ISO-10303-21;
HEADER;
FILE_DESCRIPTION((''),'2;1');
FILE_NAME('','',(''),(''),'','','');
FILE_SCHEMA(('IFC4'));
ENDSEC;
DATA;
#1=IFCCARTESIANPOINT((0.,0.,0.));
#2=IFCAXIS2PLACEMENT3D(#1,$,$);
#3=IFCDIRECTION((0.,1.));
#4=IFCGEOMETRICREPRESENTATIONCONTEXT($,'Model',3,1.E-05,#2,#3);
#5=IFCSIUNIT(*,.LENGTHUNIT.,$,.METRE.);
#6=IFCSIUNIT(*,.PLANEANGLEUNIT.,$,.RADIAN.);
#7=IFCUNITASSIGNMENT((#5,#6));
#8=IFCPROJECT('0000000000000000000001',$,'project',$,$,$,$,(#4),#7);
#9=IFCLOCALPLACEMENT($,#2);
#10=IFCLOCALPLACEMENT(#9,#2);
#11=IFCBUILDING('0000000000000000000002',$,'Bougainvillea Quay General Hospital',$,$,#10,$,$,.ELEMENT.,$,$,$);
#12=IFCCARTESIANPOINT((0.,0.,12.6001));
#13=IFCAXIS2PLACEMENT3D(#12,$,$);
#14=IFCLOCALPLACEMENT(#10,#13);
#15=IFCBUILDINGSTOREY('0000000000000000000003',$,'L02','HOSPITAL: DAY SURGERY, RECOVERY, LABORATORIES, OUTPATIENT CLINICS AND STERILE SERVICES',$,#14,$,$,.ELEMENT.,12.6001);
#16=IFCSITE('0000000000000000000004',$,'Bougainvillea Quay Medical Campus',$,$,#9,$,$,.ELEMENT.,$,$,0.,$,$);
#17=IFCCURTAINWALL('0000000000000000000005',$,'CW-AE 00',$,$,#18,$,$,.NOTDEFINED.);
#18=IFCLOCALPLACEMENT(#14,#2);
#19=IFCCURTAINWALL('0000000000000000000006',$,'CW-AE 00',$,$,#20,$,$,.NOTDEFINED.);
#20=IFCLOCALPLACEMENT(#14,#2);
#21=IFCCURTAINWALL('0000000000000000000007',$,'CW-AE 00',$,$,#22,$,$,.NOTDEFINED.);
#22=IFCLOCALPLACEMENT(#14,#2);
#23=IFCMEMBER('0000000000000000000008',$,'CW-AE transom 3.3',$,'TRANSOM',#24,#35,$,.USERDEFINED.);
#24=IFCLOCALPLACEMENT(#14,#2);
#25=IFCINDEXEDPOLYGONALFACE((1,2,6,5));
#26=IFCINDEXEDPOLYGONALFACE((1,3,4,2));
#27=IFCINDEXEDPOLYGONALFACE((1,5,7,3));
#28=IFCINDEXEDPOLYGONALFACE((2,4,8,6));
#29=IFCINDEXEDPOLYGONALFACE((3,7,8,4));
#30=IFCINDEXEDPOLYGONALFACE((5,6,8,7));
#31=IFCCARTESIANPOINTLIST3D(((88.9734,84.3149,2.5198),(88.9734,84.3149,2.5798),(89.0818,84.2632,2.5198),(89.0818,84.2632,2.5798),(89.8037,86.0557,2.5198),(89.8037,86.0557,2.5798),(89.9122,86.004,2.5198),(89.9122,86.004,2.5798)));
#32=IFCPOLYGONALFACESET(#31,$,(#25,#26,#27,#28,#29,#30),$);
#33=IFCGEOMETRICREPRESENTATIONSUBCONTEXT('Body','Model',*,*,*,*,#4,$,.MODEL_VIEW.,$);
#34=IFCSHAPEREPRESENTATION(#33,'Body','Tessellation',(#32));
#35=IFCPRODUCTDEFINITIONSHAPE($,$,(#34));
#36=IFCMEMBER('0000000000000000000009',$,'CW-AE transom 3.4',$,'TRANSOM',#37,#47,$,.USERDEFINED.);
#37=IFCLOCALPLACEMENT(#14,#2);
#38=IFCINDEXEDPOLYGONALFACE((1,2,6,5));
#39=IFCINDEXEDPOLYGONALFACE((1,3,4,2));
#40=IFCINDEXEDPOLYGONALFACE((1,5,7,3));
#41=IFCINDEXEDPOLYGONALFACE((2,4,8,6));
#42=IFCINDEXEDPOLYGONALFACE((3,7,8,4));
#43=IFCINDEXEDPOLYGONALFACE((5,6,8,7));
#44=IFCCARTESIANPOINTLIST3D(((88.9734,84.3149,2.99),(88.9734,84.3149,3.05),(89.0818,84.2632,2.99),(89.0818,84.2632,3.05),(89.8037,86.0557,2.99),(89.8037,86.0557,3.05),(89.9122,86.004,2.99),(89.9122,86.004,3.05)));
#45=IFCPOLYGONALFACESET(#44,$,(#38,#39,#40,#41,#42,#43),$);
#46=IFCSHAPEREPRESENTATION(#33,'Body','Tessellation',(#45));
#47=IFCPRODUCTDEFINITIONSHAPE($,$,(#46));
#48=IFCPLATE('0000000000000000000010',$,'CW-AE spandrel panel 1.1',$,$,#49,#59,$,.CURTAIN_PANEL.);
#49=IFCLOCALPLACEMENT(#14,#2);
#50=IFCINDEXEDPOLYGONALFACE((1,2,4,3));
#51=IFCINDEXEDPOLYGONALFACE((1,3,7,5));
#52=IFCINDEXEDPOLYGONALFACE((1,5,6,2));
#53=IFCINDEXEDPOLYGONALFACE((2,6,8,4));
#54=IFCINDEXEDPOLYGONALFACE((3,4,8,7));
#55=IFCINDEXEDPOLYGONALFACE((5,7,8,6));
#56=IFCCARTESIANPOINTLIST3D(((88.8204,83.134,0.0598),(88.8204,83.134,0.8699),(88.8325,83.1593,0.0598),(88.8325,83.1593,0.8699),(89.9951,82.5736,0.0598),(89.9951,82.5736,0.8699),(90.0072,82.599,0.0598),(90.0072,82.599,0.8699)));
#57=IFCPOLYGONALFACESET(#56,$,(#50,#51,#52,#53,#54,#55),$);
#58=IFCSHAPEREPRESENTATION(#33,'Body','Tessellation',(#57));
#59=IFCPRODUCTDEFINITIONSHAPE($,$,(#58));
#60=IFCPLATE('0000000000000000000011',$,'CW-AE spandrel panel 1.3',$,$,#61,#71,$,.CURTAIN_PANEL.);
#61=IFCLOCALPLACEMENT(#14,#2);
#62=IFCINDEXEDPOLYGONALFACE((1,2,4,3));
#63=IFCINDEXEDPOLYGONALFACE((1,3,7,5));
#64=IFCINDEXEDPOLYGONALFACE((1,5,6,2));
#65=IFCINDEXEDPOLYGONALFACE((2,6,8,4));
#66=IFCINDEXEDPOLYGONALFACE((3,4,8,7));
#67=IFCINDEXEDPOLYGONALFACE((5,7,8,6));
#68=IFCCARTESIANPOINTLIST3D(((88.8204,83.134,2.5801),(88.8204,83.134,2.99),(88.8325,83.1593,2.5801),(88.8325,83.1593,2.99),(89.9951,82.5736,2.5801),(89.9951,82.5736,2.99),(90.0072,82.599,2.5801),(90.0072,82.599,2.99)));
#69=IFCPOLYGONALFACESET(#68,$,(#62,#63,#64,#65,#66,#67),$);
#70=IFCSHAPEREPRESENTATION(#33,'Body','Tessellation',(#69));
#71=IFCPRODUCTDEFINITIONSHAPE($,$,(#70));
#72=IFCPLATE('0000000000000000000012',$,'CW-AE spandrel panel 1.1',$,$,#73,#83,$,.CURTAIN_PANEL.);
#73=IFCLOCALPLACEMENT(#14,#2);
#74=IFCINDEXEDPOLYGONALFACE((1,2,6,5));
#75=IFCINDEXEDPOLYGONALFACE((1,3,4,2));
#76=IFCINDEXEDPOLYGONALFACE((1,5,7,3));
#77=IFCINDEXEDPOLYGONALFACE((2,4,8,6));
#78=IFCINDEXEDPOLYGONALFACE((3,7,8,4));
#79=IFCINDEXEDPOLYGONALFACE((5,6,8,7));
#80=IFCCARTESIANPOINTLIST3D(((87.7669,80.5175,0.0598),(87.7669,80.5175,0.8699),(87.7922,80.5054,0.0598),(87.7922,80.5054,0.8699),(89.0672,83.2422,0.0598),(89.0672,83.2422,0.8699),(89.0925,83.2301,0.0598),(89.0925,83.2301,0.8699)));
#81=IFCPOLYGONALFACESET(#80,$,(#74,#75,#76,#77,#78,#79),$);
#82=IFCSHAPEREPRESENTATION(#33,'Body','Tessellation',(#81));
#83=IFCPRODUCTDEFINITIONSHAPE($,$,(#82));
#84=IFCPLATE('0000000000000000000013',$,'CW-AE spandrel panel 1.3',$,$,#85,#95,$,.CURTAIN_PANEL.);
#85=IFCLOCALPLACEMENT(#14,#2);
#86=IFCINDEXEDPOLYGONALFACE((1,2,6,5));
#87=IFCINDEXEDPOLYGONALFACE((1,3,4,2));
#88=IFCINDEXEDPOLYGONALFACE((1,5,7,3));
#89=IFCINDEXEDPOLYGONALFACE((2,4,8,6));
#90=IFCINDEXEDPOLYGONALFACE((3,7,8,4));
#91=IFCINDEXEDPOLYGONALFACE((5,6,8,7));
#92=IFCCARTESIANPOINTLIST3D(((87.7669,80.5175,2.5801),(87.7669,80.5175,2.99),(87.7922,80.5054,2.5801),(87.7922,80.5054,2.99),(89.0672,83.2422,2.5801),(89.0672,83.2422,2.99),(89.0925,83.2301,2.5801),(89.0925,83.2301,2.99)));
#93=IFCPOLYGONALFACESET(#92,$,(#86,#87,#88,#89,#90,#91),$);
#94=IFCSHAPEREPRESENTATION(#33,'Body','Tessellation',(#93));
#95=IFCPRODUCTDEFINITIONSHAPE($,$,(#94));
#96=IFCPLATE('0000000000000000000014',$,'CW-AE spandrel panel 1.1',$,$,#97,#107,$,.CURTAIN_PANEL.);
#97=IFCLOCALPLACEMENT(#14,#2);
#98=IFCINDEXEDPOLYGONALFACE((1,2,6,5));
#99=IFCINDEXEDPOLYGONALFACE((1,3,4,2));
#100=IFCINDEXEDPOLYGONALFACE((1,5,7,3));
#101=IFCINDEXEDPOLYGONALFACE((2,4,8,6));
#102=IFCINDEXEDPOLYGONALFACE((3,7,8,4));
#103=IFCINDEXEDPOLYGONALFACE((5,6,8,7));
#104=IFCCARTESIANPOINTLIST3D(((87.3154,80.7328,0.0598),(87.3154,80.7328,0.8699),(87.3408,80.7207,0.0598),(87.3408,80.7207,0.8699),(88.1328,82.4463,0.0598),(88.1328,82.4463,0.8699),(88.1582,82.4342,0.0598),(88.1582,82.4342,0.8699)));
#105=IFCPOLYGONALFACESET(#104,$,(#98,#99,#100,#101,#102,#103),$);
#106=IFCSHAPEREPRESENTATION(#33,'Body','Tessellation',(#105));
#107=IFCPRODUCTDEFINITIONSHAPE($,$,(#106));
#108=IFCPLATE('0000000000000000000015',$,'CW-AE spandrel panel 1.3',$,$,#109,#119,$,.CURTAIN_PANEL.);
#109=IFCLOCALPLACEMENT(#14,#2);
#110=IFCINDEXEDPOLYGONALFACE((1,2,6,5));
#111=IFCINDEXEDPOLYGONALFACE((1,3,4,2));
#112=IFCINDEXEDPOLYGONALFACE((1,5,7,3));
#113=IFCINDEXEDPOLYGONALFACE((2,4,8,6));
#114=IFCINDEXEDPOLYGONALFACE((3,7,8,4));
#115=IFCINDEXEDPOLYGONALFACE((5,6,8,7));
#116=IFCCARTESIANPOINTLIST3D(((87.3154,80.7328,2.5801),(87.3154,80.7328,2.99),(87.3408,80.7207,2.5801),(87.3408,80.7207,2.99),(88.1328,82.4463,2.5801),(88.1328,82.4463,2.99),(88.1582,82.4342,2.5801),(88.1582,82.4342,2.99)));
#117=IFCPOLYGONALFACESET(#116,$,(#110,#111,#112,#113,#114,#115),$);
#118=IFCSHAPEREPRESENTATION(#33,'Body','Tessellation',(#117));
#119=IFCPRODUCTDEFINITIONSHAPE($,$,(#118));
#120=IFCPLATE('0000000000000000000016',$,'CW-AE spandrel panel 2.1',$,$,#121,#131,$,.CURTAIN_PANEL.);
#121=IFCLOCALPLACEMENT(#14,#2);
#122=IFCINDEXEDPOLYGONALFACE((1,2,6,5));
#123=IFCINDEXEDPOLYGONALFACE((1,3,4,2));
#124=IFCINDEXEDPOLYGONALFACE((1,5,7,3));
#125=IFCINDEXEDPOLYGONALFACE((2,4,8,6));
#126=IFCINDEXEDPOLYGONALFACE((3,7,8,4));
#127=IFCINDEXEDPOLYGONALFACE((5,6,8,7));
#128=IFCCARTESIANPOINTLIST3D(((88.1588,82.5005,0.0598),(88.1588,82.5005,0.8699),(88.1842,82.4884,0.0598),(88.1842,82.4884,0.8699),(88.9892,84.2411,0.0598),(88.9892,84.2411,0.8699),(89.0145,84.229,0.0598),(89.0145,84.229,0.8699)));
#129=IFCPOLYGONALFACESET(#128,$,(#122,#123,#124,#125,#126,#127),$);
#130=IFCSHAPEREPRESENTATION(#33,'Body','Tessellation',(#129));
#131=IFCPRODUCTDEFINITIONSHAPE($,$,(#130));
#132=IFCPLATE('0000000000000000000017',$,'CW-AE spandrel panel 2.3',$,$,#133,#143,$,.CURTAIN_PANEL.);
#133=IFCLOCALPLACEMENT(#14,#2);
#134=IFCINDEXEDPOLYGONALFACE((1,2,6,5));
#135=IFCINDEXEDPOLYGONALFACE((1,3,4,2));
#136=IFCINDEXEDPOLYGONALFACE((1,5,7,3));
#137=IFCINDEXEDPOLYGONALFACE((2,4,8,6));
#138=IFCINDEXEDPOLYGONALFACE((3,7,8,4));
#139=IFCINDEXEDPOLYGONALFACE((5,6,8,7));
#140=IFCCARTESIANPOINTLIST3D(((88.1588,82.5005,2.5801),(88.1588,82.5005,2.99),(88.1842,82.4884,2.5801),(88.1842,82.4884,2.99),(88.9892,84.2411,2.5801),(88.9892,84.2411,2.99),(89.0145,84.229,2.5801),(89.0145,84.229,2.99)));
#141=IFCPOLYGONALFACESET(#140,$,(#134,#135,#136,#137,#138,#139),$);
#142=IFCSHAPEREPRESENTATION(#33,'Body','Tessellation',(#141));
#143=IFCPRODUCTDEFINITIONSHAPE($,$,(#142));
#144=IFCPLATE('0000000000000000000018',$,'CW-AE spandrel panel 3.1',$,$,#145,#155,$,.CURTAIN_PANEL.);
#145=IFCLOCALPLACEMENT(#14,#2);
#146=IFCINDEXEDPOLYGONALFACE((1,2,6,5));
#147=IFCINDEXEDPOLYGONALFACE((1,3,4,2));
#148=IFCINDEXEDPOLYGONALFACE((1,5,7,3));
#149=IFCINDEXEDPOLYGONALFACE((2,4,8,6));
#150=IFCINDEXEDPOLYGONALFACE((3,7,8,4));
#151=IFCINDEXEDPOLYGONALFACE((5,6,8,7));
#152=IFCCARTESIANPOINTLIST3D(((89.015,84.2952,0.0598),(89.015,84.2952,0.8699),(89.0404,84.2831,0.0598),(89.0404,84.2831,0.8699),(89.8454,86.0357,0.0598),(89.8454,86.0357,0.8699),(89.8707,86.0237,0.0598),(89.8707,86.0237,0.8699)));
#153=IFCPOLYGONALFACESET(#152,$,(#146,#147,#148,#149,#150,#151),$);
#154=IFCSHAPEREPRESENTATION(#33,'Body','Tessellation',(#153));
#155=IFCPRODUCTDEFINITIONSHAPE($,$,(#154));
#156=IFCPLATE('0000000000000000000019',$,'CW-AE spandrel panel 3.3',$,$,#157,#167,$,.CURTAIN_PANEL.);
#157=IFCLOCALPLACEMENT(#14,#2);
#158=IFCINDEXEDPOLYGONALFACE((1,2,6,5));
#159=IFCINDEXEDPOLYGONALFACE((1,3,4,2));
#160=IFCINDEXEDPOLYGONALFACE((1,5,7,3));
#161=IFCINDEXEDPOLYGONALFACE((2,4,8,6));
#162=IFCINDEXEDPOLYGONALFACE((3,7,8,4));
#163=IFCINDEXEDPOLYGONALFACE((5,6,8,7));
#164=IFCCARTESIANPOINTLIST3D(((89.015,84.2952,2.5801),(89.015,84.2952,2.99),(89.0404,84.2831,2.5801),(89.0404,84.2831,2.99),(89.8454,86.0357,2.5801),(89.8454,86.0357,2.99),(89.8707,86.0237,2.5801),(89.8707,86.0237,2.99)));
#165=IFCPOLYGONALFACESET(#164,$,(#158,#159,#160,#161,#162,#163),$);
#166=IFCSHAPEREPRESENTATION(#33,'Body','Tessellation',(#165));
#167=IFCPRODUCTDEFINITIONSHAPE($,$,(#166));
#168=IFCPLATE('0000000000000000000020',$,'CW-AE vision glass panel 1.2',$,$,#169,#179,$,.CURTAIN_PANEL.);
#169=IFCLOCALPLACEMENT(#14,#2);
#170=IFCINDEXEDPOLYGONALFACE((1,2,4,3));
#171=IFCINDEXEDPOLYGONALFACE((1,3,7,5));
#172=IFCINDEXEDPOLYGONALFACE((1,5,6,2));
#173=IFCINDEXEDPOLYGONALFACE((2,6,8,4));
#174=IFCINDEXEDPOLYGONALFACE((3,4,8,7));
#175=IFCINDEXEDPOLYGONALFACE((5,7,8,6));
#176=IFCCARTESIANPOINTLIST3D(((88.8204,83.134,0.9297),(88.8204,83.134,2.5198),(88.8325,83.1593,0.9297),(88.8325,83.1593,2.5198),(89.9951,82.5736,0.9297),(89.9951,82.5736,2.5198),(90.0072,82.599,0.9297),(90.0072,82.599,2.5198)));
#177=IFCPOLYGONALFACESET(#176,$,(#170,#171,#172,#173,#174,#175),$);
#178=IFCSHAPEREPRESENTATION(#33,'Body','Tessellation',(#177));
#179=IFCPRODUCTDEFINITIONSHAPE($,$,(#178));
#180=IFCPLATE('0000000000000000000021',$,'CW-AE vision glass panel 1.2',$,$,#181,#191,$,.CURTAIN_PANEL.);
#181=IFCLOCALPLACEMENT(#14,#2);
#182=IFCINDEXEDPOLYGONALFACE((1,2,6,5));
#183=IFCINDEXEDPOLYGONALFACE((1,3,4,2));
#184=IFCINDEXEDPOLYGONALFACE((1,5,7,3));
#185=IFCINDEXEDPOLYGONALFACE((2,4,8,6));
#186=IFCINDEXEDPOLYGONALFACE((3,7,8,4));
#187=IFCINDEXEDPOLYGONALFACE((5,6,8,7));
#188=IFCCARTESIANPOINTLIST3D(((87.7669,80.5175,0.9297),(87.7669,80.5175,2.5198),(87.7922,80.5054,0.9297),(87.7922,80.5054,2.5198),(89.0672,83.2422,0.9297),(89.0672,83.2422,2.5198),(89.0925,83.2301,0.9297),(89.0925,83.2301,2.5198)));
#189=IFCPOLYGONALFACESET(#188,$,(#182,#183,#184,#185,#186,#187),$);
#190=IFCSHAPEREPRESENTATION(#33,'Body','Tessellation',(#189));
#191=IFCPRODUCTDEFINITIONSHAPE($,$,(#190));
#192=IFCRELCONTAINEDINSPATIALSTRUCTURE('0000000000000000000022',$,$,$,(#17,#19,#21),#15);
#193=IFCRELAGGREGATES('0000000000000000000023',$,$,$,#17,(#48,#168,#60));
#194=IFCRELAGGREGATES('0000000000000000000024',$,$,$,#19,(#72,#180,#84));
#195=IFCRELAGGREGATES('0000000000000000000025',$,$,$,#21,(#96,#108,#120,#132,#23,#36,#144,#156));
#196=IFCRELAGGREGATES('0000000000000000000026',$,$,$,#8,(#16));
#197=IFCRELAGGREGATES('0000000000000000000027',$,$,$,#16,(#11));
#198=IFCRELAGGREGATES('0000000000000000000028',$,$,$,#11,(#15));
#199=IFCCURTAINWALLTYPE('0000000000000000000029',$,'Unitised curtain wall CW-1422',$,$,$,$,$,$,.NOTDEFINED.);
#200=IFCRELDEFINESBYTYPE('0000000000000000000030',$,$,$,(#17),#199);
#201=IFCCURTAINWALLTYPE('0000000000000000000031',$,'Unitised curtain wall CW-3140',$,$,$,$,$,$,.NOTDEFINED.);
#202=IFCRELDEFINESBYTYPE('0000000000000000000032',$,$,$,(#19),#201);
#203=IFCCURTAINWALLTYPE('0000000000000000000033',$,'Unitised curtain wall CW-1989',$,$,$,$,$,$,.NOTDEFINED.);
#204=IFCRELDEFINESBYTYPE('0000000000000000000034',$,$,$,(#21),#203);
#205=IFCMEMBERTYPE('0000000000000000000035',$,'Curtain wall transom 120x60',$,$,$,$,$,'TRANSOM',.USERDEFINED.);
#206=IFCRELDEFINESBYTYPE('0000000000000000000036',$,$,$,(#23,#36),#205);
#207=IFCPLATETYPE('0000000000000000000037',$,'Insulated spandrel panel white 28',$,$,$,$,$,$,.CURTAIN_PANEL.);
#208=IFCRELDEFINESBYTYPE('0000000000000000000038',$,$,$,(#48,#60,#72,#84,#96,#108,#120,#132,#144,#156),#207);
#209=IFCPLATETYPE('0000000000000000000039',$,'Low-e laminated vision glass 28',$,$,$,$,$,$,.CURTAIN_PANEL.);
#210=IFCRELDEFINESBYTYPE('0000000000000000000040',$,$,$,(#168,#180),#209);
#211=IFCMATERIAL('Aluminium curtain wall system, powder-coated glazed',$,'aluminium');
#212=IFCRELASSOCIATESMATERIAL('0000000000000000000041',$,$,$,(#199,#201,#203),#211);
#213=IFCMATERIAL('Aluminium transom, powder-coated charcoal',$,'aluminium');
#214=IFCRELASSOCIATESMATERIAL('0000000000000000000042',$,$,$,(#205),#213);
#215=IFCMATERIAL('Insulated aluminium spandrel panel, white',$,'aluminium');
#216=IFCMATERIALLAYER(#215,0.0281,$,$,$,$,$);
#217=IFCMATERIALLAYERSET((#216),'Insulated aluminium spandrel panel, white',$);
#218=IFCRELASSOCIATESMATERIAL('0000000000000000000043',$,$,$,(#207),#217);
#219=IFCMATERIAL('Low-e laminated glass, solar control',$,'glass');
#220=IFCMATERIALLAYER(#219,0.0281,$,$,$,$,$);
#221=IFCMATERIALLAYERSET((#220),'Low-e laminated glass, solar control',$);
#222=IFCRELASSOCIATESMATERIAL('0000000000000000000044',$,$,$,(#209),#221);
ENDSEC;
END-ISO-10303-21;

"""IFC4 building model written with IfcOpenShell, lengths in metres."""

from ifc_helpers import new_model, si_unit, direction, frame, origin, origin_2d, place, context, subcontext, project, spatial, rectangle, extrude, material, layer, layer_set, material_profile, profile_set, type_object, element, aggregate, save


model = new_model("IFC4")

# Units and contexts
model_context = context("Model", 3, precision=1e-05, world=origin(), true_north=direction((0.0, 1.0)))
body_context = subcontext(model_context, "Body", "Model", "MODEL_VIEW")
ifc_project = project(units=[si_unit("LENGTHUNIT", "METRE"), si_unit("PLANEANGLEUNIT", "RADIAN")], contexts=[model_context])

# Site, building, storey
site_placement = place(None, origin())
site = spatial("IfcSite", under=ifc_project, at=site_placement, Name="Bougainvillea Quay Medical Campus", CompositionType="ELEMENT", RefElevation=0.0)
building_placement = place(site_placement, origin())
building = spatial("IfcBuilding", under=site, at=building_placement, Name="Bougainvillea Quay General Hospital", CompositionType="ELEMENT")
storey_placement = place(building_placement, frame((0.0, 0.0, 12.6001)))
storey = spatial("IfcBuildingStorey", under=building, at=storey_placement, Name="L02", Description="HOSPITAL: DAY SURGERY, RECOVERY, LABORATORIES, OUTPATIENT CLINICS AND STERILE SERVICES", CompositionType="ELEMENT", Elevation=12.6001)

# Curtain walls
ifc_material_1 = material(Name="Aluminium curtain wall system, powder-coated glazed", Category="aluminium")
curtain_wall_type_1 = type_object("IfcCurtainWallType", Name="Unitised curtain wall CW-1422", PredefinedType="NOTDEFINED", material=ifc_material_1)
curtain_wall_1_placement = place(storey_placement, origin())
curtain_wall_1 = element("IfcCurtainWall", 1, at=curtain_wall_1_placement, inside=storey, type_object=curtain_wall_type_1, Name="CW-AE 00", PredefinedType="NOTDEFINED")
curtain_wall_type_2 = type_object("IfcCurtainWallType", Name="Unitised curtain wall CW-3140", PredefinedType="NOTDEFINED", material=ifc_material_1)
curtain_wall_2_placement = place(storey_placement, origin())
curtain_wall_2 = element("IfcCurtainWall", 2, at=curtain_wall_2_placement, inside=storey, type_object=curtain_wall_type_2, Name="CW-AE 00", PredefinedType="NOTDEFINED")

# Curtain wall
curtain_wall_type_3 = type_object("IfcCurtainWallType", Name="Unitised curtain wall CW-1989", PredefinedType="NOTDEFINED", material=ifc_material_1)
curtain_wall_3_placement = place(storey_placement, origin())
curtain_wall_3 = element("IfcCurtainWall", 3, at=curtain_wall_3_placement, inside=storey, type_object=curtain_wall_type_3, Name="CW-AE 00", PredefinedType="NOTDEFINED")

# Members
ifc_material_2 = material(Name="Aluminium transom, powder-coated charcoal", Category="aluminium")
ifc_material_profile_1 = material_profile(ifc_material_2, rectangle(XDim=0.1201, YDim=0.0601, at=origin_2d()))
ifc_profile_set_1 = profile_set([ifc_material_profile_1], Name="Aluminium transom, powder-coated charcoal")
member_type_1 = type_object("IfcMemberType", Name="Curtain wall transom 120x60", ElementType="TRANSOM", PredefinedType="USERDEFINED", material=ifc_profile_set_1)
member_1_placement = place(storey_placement, frame((89.0276, 84.2891, 2.5498), z_axis=(0.430528, 0.902577, 0.0), x_axis=(-0.902577, 0.430528, 0.0)))
member_1 = element("IfcMember", 4, at=member_1_placement, type_object=member_type_1, Name="CW-AE transom 3.3", ObjectType="TRANSOM", PredefinedType="USERDEFINED", context=body_context, shape_type="SweptSolid", body=[
    extrude(rectangle(XDim=0.1201, YDim=0.0601, at=origin_2d()), origin(), (0.0, 0.0, 1.0), 1.9287),
])
member_2_placement = place(storey_placement, frame((89.0276, 84.2891, 3.02), z_axis=(0.430528, 0.902577, 0.0), x_axis=(-0.902577, 0.430528, 0.0)))
member_2 = element("IfcMember", 5, at=member_2_placement, type_object=member_type_1, Name="CW-AE transom 3.4", ObjectType="TRANSOM", PredefinedType="USERDEFINED", context=body_context, shape_type="SweptSolid", body=[
    extrude(rectangle(XDim=0.1201, YDim=0.0601, at=origin_2d()), origin(), (0.0, 0.0, 1.0), 1.9287),
])

# Plates
ifc_material_3 = material(Name="Insulated aluminium spandrel panel, white", Category="aluminium")
ifc_layer_1 = layer(ifc_material_3, 0.0281)
ifc_layer_set_1 = layer_set([ifc_layer_1], Name="Insulated aluminium spandrel panel, white")
plate_type_1 = type_object("IfcPlateType", Name="Insulated spandrel panel white 28", PredefinedType="CURTAIN_PANEL", material=ifc_layer_set_1)
plate_1_placement = place(storey_placement, frame((89.4138, 82.8665, 0.0598), z_axis=(0.0, 0.0, 1.0), x_axis=(-0.902574, 0.430534, 0.0)))
plate_1 = element("IfcPlate", 6, at=plate_1_placement, type_object=plate_type_1, Name="CW-AE spandrel panel 1.1", PredefinedType="CURTAIN_PANEL", context=body_context, shape_type="SweptSolid", body=[
    extrude(rectangle(XDim=1.3015, YDim=0.0281, at=origin_2d()), origin(), (0.0, 0.0, 1.0), 0.8101),
])
plate_2_placement = place(storey_placement, frame((89.4138, 82.8665, 2.5801), z_axis=(0.0, 0.0, 1.0), x_axis=(-0.902574, 0.430534, 0.0)))
plate_2 = element("IfcPlate", 7, at=plate_2_placement, type_object=plate_type_1, Name="CW-AE spandrel panel 1.3", PredefinedType="CURTAIN_PANEL", context=body_context, shape_type="SweptSolid", body=[
    extrude(rectangle(XDim=1.3015, YDim=0.0281, at=origin_2d()), origin(), (0.0, 0.0, 1.0), 0.4099),
])
plate_3_placement = place(storey_placement, frame((88.4297, 81.8738, 0.0598), z_axis=(0.0, 0.0, 1.0), x_axis=(-0.4307, -0.902495, 0.0)))
plate_3 = element("IfcPlate", 8, at=plate_3_placement, type_object=plate_type_1, Name="CW-AE spandrel panel 1.1", PredefinedType="CURTAIN_PANEL", context=body_context, shape_type="SweptSolid", body=[
    extrude(rectangle(XDim=3.019, YDim=0.0281, at=origin_2d()), origin(), (0.0, 0.0, 1.0), 0.8101),
])
plate_4_placement = place(storey_placement, frame((88.4297, 81.8738, 2.5801), z_axis=(0.0, 0.0, 1.0), x_axis=(-0.4307, -0.902495, 0.0)))
plate_4 = element("IfcPlate", 9, at=plate_4_placement, type_object=plate_type_1, Name="CW-AE spandrel panel 1.3", PredefinedType="CURTAIN_PANEL", context=body_context, shape_type="SweptSolid", body=[
    extrude(rectangle(XDim=3.019, YDim=0.0281, at=origin_2d()), origin(), (0.0, 0.0, 1.0), 0.4099),
])
plate_5_placement = place(storey_placement, frame((87.7368, 81.5835, 0.0598), z_axis=(0.0, 0.0, 1.0), x_axis=(0.430563, 0.902561, 0.0)))
plate_5 = element("IfcPlate", 10, at=plate_5_placement, type_object=plate_type_1, Name="CW-AE spandrel panel 1.1", PredefinedType="CURTAIN_PANEL", context=body_context, shape_type="SweptSolid", body=[
    extrude(rectangle(XDim=1.8984, YDim=0.0281, at=origin_2d()), origin(), (0.0, 0.0, 1.0), 0.8101),
])
plate_6_placement = place(storey_placement, frame((87.7368, 81.5835, 2.5801), z_axis=(0.0, 0.0, 1.0), x_axis=(0.430563, 0.902561, 0.0)))
plate_6 = element("IfcPlate", 11, at=plate_6_placement, type_object=plate_type_1, Name="CW-AE spandrel panel 1.3", PredefinedType="CURTAIN_PANEL", context=body_context, shape_type="SweptSolid", body=[
    extrude(rectangle(XDim=1.8984, YDim=0.0281, at=origin_2d()), origin(), (0.0, 0.0, 1.0), 0.4099),
])
plate_7_placement = place(storey_placement, frame((88.5867, 83.3647, 0.0598), z_axis=(0.0, 0.0, 1.0), x_axis=(0.430563, 0.902561, 0.0)))
plate_7 = element("IfcPlate", 12, at=plate_7_placement, type_object=plate_type_1, Name="CW-AE spandrel panel 2.1", PredefinedType="CURTAIN_PANEL", context=body_context, shape_type="SweptSolid", body=[
    extrude(rectangle(XDim=1.9285, YDim=0.0281, at=origin_2d()), origin(), (0.0, 0.0, 1.0), 0.8101),
])
plate_8_placement = place(storey_placement, frame((88.5867, 83.3647, 2.5801), z_axis=(0.0, 0.0, 1.0), x_axis=(0.430563, 0.902561, 0.0)))
plate_8 = element("IfcPlate", 13, at=plate_8_placement, type_object=plate_type_1, Name="CW-AE spandrel panel 2.3", PredefinedType="CURTAIN_PANEL", context=body_context, shape_type="SweptSolid", body=[
    extrude(rectangle(XDim=1.9285, YDim=0.0281, at=origin_2d()), origin(), (0.0, 0.0, 1.0), 0.4099),
])
plate_9_placement = place(storey_placement, frame((89.4429, 85.1594, 0.0598), z_axis=(0.0, 0.0, 1.0), x_axis=(0.430563, 0.902561, 0.0)))
plate_9 = element("IfcPlate", 14, at=plate_9_placement, type_object=plate_type_1, Name="CW-AE spandrel panel 3.1", PredefinedType="CURTAIN_PANEL", context=body_context, shape_type="SweptSolid", body=[
    extrude(rectangle(XDim=1.9285, YDim=0.0281, at=origin_2d()), origin(), (0.0, 0.0, 1.0), 0.8101),
])
plate_10_placement = place(storey_placement, frame((89.4429, 85.1594, 2.5801), z_axis=(0.0, 0.0, 1.0), x_axis=(0.430563, 0.902561, 0.0)))
plate_10 = element("IfcPlate", 15, at=plate_10_placement, type_object=plate_type_1, Name="CW-AE spandrel panel 3.3", PredefinedType="CURTAIN_PANEL", context=body_context, shape_type="SweptSolid", body=[
    extrude(rectangle(XDim=1.9285, YDim=0.0281, at=origin_2d()), origin(), (0.0, 0.0, 1.0), 0.4099),
])
ifc_material_4 = material(Name="Low-e laminated glass, solar control", Category="glass")
ifc_layer_2 = layer(ifc_material_4, 0.0281)
ifc_layer_set_2 = layer_set([ifc_layer_2], Name="Low-e laminated glass, solar control")
plate_type_2 = type_object("IfcPlateType", Name="Low-e laminated vision glass 28", PredefinedType="CURTAIN_PANEL", material=ifc_layer_set_2)
plate_11_placement = place(storey_placement, frame((89.4138, 82.8665, 0.9297), z_axis=(0.0, 0.0, 1.0), x_axis=(-0.902574, 0.430534, 0.0)))
plate_11 = element("IfcPlate", 16, at=plate_11_placement, type_object=plate_type_2, Name="CW-AE vision glass panel 1.2", PredefinedType="CURTAIN_PANEL", context=body_context, shape_type="SweptSolid", body=[
    extrude(rectangle(XDim=1.3015, YDim=0.0281, at=origin_2d()), origin(), (0.0, 0.0, 1.0), 1.5901),
])
aggregate(curtain_wall_1, [plate_1, plate_11, plate_2])
plate_12_placement = place(storey_placement, frame((88.4297, 81.8738, 0.9297), z_axis=(0.0, 0.0, 1.0), x_axis=(-0.4307, -0.902495, 0.0)))
plate_12 = element("IfcPlate", 17, at=plate_12_placement, type_object=plate_type_2, Name="CW-AE vision glass panel 1.2", PredefinedType="CURTAIN_PANEL", context=body_context, shape_type="SweptSolid", body=[
    extrude(rectangle(XDim=3.019, YDim=0.0281, at=origin_2d()), origin(), (0.0, 0.0, 1.0), 1.5901),
])
aggregate(curtain_wall_2, [plate_3, plate_12, plate_4])
aggregate(curtain_wall_3, [plate_5, plate_6, plate_7, plate_8, member_1, member_2, plate_9, plate_10])

save(model, "model.ifc")
